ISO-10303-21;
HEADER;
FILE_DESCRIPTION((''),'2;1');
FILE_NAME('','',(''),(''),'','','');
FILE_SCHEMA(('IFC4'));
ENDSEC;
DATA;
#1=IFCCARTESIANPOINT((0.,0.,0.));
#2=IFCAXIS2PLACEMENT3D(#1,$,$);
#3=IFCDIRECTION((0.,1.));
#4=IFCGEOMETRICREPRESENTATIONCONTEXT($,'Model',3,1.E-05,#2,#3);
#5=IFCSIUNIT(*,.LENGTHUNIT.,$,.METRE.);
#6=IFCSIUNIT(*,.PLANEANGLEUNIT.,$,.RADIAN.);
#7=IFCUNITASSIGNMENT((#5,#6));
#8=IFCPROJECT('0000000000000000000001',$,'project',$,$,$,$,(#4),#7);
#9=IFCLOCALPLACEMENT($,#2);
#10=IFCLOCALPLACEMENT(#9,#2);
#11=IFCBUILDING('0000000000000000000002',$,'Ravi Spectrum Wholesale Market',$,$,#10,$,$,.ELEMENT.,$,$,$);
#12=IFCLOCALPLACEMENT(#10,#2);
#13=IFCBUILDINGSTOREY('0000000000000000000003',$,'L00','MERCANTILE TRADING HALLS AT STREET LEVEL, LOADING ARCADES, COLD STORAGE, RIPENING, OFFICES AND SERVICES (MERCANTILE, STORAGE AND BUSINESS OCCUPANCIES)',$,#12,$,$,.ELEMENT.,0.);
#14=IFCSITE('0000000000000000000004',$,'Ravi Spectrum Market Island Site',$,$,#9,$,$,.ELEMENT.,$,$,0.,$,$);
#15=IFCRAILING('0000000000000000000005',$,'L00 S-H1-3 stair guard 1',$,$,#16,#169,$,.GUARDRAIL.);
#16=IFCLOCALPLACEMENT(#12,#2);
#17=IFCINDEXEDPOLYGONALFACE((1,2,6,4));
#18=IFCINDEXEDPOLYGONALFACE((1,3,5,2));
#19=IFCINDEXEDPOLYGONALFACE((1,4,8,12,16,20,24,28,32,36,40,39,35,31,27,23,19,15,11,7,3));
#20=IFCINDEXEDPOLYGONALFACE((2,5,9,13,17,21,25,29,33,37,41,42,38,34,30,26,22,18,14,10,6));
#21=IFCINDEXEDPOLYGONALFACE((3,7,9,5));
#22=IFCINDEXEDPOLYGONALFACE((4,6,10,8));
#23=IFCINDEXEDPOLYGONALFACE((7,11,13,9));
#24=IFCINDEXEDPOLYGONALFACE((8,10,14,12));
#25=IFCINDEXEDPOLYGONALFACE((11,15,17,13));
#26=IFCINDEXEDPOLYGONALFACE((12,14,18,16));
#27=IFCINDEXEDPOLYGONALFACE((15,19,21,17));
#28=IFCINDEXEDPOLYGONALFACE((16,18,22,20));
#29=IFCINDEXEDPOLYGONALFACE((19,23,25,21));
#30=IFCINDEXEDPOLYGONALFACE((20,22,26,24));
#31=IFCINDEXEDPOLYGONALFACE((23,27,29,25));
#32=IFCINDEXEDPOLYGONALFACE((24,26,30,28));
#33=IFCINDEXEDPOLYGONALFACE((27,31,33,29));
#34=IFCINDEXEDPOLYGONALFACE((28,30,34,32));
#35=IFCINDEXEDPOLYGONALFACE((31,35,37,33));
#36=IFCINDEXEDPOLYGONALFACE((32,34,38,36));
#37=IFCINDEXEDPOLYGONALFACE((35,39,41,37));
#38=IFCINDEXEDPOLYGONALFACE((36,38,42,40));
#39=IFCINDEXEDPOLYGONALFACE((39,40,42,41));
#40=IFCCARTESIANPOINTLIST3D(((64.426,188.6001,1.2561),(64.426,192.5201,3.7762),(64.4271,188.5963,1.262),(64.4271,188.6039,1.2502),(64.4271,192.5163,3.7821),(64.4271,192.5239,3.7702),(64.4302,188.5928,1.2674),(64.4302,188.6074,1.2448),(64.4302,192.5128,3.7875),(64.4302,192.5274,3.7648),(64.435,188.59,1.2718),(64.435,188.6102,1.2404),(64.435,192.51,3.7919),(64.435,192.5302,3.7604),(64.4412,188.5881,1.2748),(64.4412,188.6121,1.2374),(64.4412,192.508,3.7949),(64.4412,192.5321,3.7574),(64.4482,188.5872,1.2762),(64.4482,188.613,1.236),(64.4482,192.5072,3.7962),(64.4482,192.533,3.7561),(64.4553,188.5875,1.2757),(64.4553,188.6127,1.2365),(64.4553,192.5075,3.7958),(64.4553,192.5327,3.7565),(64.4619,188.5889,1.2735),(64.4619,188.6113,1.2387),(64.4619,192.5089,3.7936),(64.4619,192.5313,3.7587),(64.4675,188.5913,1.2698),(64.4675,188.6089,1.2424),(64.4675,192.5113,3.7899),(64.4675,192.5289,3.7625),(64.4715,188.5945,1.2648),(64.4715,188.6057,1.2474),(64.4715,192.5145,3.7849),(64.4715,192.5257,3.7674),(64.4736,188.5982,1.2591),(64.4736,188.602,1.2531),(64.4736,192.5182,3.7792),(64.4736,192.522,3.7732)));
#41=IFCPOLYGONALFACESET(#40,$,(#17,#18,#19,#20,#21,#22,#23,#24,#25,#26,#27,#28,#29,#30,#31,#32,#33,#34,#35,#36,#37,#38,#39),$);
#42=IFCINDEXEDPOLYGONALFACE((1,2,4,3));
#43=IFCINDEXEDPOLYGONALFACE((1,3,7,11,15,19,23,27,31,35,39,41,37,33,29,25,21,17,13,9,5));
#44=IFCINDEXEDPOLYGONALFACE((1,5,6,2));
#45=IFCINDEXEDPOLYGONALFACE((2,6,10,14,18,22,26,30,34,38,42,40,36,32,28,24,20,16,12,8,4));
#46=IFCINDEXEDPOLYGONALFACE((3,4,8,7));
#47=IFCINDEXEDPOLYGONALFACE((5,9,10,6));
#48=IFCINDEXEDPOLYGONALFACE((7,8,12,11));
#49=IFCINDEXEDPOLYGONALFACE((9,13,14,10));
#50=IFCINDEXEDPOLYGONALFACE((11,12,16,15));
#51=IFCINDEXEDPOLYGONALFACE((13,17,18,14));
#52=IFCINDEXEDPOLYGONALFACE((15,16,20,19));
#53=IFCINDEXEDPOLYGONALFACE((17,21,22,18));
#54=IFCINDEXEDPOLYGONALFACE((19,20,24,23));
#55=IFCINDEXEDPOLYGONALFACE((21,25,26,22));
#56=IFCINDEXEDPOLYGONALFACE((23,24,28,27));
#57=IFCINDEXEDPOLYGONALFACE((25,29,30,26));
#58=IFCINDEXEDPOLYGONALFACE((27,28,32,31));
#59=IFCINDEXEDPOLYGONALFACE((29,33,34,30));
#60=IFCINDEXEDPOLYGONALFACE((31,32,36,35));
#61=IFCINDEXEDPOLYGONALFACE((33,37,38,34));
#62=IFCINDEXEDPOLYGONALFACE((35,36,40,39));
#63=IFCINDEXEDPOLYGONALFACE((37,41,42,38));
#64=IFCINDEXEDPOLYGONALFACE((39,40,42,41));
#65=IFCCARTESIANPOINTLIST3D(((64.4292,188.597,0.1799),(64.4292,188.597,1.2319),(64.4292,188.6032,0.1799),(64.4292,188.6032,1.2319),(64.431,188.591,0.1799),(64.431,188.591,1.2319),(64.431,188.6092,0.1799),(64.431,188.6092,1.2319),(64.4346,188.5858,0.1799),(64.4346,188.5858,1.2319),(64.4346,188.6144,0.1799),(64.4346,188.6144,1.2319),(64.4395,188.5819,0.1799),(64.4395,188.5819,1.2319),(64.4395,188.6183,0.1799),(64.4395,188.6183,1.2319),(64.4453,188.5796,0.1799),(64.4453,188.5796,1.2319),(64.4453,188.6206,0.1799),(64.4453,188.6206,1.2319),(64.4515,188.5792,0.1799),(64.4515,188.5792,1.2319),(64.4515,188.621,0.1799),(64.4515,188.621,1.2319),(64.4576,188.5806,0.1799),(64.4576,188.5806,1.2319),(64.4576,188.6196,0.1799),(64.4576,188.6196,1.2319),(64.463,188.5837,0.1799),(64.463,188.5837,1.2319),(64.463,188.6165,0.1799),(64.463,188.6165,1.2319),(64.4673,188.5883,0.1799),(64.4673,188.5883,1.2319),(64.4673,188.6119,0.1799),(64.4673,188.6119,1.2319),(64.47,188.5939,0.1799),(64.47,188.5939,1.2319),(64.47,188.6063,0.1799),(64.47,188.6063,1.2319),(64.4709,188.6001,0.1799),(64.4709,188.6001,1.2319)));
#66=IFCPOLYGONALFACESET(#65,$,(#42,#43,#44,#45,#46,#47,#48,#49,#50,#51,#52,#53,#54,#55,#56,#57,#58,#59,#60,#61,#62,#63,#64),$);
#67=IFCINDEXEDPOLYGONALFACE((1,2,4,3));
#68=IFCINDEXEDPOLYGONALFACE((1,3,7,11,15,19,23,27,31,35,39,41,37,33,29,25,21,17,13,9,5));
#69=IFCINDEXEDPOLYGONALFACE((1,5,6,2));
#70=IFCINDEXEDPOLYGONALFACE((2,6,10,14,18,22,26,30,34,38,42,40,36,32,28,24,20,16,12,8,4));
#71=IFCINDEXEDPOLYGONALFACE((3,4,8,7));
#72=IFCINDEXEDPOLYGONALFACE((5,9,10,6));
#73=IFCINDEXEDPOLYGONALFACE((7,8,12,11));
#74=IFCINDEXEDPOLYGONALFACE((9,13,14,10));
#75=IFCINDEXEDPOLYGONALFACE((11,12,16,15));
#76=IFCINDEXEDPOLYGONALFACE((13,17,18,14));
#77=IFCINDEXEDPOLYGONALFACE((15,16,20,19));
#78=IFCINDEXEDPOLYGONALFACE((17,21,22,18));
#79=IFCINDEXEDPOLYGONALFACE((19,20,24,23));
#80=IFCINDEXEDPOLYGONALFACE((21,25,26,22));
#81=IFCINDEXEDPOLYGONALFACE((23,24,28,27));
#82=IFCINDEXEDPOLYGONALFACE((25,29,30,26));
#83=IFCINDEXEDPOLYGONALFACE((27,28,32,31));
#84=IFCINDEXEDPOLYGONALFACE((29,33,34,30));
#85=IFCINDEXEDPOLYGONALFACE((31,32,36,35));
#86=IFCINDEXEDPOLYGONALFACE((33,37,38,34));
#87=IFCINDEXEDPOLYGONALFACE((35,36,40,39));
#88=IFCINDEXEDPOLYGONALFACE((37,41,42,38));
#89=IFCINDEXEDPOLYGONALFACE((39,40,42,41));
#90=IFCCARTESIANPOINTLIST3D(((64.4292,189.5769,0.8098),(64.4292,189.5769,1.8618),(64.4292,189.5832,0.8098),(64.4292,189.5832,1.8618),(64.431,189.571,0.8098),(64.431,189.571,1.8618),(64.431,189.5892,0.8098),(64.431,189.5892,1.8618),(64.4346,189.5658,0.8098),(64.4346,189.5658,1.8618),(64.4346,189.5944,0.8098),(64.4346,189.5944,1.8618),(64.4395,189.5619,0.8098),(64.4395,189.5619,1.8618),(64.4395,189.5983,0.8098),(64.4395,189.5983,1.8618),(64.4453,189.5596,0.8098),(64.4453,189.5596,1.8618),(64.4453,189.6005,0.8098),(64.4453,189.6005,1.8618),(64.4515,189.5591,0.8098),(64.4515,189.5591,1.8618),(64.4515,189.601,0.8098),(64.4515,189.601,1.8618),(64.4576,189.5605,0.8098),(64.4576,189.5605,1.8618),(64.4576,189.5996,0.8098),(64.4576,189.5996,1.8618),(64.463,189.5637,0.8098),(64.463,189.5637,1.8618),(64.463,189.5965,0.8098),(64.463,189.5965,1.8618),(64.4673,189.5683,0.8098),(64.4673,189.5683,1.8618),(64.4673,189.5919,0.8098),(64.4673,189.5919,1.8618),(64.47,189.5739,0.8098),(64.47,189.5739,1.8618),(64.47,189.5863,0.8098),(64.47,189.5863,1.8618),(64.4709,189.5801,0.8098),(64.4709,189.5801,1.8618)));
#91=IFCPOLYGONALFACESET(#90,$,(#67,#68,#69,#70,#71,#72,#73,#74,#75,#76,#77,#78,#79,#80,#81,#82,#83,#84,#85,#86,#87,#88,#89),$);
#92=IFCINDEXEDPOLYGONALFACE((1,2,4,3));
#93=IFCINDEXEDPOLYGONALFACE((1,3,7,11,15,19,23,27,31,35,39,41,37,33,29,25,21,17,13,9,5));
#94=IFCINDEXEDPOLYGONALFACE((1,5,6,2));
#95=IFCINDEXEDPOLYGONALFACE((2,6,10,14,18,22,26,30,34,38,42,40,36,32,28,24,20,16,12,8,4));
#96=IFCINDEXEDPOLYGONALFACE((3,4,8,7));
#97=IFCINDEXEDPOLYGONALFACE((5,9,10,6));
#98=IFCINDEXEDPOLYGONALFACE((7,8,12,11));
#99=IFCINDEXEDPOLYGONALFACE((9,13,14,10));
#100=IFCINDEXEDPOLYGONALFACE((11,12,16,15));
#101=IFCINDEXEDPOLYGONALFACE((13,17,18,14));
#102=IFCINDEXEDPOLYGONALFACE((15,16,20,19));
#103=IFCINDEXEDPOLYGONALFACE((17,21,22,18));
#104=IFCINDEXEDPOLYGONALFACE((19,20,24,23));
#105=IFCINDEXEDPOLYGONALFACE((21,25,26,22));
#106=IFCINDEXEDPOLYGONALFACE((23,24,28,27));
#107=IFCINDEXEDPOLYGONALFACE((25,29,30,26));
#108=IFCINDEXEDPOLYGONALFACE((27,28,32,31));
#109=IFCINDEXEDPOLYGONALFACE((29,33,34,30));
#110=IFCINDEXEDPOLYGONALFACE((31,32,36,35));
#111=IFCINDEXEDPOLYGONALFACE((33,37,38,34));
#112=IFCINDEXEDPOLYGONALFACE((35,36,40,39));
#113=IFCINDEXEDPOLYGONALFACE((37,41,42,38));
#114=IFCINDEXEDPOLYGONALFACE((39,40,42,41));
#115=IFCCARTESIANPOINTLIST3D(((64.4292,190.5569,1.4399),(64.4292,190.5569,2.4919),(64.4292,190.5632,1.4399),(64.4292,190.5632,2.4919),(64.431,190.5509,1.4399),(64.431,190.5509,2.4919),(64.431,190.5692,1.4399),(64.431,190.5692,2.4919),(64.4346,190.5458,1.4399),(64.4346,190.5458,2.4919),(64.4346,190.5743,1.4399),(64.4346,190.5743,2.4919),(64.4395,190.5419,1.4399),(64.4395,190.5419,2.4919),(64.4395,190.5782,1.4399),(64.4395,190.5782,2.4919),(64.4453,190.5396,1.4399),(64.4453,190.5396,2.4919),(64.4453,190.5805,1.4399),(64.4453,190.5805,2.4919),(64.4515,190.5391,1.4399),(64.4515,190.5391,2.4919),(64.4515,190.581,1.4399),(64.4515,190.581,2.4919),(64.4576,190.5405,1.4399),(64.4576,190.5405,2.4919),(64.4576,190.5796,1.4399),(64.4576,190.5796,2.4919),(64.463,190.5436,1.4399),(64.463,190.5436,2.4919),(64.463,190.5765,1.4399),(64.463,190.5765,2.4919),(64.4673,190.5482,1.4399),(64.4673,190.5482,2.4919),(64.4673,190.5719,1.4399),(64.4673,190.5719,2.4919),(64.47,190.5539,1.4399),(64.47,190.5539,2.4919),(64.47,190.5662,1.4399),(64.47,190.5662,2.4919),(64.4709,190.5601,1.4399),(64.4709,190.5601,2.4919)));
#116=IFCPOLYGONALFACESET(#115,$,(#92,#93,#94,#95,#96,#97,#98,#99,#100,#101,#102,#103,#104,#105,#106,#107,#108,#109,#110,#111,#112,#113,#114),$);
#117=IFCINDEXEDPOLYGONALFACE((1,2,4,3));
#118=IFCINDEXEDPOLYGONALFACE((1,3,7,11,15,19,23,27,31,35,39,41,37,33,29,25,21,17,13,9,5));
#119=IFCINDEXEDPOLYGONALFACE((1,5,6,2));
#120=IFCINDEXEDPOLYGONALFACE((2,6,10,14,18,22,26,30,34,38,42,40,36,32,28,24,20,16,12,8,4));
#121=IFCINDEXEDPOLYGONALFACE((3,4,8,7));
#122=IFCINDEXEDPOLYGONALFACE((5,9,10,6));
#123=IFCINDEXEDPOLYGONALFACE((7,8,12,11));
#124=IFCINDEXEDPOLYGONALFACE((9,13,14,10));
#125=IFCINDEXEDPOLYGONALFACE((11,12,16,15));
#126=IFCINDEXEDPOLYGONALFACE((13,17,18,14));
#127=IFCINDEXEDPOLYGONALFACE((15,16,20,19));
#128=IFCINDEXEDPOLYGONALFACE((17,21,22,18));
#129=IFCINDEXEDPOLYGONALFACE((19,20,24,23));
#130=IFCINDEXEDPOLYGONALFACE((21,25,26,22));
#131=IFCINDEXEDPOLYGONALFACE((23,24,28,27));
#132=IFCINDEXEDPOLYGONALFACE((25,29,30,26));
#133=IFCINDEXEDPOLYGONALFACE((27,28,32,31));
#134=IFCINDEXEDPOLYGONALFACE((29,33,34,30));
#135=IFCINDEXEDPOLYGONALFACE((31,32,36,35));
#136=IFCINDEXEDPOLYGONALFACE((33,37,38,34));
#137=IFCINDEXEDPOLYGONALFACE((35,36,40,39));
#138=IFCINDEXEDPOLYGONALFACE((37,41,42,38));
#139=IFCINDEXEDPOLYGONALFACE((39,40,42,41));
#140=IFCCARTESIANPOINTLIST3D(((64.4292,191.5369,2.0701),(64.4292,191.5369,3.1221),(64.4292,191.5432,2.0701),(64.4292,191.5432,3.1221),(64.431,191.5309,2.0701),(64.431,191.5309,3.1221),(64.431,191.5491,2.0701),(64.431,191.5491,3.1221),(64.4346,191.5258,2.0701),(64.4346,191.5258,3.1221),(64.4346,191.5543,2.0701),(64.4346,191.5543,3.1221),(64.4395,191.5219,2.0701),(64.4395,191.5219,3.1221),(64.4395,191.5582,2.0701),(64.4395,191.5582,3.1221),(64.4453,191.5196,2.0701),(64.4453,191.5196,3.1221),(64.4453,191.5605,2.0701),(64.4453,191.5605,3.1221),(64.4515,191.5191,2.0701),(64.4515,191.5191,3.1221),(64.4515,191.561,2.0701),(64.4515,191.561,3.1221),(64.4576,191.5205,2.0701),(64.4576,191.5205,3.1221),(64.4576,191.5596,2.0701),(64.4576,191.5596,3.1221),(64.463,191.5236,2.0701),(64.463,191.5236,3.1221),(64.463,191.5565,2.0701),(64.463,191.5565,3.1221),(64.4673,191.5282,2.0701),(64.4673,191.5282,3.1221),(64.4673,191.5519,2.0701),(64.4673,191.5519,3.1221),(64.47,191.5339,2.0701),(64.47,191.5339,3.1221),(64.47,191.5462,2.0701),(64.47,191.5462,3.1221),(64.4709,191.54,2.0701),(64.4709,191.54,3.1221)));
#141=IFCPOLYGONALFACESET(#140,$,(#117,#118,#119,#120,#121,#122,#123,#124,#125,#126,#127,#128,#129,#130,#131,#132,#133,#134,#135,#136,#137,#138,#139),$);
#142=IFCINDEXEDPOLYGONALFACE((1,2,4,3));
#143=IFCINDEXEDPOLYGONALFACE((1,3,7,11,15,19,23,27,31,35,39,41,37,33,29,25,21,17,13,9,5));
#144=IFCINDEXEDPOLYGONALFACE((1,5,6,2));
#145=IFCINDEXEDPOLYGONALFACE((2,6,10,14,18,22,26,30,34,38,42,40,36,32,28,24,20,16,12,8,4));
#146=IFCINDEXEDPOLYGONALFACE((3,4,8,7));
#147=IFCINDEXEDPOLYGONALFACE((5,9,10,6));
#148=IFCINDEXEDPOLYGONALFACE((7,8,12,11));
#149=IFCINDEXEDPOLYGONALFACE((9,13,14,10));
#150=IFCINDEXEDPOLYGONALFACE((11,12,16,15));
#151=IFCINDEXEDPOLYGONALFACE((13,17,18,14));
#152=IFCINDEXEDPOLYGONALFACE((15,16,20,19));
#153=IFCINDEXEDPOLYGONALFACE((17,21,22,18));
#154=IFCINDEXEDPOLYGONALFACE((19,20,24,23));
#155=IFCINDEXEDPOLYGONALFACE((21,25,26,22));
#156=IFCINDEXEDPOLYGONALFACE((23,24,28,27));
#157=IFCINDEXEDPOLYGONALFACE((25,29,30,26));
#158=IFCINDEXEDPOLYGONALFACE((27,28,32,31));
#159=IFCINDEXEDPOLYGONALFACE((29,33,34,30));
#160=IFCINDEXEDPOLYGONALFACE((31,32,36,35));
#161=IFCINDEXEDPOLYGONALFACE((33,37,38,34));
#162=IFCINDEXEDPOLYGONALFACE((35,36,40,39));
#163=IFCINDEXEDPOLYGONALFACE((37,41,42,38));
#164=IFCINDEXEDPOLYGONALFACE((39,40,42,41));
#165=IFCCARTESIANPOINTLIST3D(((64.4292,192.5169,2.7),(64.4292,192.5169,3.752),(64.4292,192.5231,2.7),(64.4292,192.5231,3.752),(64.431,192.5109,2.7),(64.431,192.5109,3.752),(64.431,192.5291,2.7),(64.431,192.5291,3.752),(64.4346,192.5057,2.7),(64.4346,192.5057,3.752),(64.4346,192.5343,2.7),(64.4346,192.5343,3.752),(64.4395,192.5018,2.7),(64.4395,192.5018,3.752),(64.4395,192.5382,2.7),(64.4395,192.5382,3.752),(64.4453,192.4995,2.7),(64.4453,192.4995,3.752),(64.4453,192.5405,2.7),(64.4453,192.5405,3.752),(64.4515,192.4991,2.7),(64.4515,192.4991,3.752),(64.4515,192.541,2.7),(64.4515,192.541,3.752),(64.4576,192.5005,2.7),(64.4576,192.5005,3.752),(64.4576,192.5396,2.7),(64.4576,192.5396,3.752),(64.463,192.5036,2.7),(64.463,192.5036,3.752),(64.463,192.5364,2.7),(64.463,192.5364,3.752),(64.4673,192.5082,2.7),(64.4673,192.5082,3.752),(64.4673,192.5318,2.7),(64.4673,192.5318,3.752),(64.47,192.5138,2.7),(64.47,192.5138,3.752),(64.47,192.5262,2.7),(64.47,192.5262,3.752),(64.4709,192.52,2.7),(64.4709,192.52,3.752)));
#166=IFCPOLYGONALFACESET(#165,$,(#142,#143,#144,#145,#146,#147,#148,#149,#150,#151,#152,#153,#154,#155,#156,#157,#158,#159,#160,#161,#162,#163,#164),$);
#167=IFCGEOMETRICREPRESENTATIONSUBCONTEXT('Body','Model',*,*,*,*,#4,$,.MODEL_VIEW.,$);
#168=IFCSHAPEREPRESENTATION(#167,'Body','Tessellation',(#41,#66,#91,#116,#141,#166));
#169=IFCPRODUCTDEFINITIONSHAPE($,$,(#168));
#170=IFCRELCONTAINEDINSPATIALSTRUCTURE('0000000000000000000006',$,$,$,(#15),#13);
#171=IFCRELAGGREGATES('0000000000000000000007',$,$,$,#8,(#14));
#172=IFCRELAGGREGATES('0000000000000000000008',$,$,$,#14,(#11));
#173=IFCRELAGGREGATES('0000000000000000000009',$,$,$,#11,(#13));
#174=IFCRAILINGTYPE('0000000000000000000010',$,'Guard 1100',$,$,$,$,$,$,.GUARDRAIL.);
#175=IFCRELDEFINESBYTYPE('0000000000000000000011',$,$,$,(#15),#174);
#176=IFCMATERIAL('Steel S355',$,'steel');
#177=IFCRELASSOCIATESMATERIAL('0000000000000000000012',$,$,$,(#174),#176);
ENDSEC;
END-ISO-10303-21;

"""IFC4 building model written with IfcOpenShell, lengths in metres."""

from ifc_helpers import new_model, si_unit, direction, frame, origin, origin_2d, place, context, subcontext, project, spatial, circle, extrude, material, type_object, element, save


model = new_model("IFC4")

# Units and contexts
model_context = context("Model", 3, precision=1e-05, world=origin(), true_north=direction((0.0, 1.0)))
body_context = subcontext(model_context, "Body", "Model", "MODEL_VIEW")
ifc_project = project(units=[si_unit("LENGTHUNIT", "METRE"), si_unit("PLANEANGLEUNIT", "RADIAN")], contexts=[model_context])

# Site, building, storey
site_placement = place(None, origin())
site = spatial("IfcSite", under=ifc_project, at=site_placement, Name="Ravi Spectrum Market Island Site", CompositionType="ELEMENT", RefElevation=0.0)
building_placement = place(site_placement, origin())
building = spatial("IfcBuilding", under=site, at=building_placement, Name="Ravi Spectrum Wholesale Market", CompositionType="ELEMENT")
storey_placement = place(building_placement, origin())
storey = spatial("IfcBuildingStorey", under=building, at=storey_placement, Name="L00", Description="MERCANTILE TRADING HALLS AT STREET LEVEL, LOADING ARCADES, COLD STORAGE, RIPENING, OFFICES AND SERVICES (MERCANTILE, STORAGE AND BUSINESS OCCUPANCIES)", CompositionType="ELEMENT", Elevation=0.0)

# Railing
ifc_material_1 = material(Name="Steel S355", Category="steel")
railing_type_1 = type_object("IfcRailingType", Name="Guard 1100", PredefinedType="GUARDRAIL", material=ifc_material_1)
railing_1_placement = place(storey_placement, frame((64.45, 188.6001, 0.1799)))
element("IfcRailing", 1, at=railing_1_placement, inside=storey, type_object=railing_type_1, Name="L00 S-H1-3 stair guard 1", PredefinedType="GUARDRAIL", context=body_context, shape_type="SweptSolid", body=[
    extrude(circle(Radius=0.0239, at=origin_2d()), frame((0.0, 0.0, 1.0762), z_axis=(0.0, 0.841172, 0.540768), x_axis=(-1.0, 0.0, 0.0)), (0.0, 0.0, 1.0), 4.6602),
    extrude(circle(Radius=0.021, at=origin_2d()), origin(), (0.0, 0.0, 1.0), 1.052),
    extrude(circle(Radius=0.021, at=origin_2d()), frame((0.0, 0.98, 0.6299)), (0.0, 0.0, 1.0), 1.052),
    extrude(circle(Radius=0.021, at=origin_2d()), frame((0.0, 1.96, 1.26)), (0.0, 0.0, 1.0), 1.052),
    extrude(circle(Radius=0.021, at=origin_2d()), frame((0.0, 2.9399, 1.8901)), (0.0, 0.0, 1.0), 1.052),
    extrude(circle(Radius=0.021, at=origin_2d()), frame((0.0, 3.9199, 2.52)), (0.0, 0.0, 1.0), 1.052),
])

save(model, "model.ifc")
